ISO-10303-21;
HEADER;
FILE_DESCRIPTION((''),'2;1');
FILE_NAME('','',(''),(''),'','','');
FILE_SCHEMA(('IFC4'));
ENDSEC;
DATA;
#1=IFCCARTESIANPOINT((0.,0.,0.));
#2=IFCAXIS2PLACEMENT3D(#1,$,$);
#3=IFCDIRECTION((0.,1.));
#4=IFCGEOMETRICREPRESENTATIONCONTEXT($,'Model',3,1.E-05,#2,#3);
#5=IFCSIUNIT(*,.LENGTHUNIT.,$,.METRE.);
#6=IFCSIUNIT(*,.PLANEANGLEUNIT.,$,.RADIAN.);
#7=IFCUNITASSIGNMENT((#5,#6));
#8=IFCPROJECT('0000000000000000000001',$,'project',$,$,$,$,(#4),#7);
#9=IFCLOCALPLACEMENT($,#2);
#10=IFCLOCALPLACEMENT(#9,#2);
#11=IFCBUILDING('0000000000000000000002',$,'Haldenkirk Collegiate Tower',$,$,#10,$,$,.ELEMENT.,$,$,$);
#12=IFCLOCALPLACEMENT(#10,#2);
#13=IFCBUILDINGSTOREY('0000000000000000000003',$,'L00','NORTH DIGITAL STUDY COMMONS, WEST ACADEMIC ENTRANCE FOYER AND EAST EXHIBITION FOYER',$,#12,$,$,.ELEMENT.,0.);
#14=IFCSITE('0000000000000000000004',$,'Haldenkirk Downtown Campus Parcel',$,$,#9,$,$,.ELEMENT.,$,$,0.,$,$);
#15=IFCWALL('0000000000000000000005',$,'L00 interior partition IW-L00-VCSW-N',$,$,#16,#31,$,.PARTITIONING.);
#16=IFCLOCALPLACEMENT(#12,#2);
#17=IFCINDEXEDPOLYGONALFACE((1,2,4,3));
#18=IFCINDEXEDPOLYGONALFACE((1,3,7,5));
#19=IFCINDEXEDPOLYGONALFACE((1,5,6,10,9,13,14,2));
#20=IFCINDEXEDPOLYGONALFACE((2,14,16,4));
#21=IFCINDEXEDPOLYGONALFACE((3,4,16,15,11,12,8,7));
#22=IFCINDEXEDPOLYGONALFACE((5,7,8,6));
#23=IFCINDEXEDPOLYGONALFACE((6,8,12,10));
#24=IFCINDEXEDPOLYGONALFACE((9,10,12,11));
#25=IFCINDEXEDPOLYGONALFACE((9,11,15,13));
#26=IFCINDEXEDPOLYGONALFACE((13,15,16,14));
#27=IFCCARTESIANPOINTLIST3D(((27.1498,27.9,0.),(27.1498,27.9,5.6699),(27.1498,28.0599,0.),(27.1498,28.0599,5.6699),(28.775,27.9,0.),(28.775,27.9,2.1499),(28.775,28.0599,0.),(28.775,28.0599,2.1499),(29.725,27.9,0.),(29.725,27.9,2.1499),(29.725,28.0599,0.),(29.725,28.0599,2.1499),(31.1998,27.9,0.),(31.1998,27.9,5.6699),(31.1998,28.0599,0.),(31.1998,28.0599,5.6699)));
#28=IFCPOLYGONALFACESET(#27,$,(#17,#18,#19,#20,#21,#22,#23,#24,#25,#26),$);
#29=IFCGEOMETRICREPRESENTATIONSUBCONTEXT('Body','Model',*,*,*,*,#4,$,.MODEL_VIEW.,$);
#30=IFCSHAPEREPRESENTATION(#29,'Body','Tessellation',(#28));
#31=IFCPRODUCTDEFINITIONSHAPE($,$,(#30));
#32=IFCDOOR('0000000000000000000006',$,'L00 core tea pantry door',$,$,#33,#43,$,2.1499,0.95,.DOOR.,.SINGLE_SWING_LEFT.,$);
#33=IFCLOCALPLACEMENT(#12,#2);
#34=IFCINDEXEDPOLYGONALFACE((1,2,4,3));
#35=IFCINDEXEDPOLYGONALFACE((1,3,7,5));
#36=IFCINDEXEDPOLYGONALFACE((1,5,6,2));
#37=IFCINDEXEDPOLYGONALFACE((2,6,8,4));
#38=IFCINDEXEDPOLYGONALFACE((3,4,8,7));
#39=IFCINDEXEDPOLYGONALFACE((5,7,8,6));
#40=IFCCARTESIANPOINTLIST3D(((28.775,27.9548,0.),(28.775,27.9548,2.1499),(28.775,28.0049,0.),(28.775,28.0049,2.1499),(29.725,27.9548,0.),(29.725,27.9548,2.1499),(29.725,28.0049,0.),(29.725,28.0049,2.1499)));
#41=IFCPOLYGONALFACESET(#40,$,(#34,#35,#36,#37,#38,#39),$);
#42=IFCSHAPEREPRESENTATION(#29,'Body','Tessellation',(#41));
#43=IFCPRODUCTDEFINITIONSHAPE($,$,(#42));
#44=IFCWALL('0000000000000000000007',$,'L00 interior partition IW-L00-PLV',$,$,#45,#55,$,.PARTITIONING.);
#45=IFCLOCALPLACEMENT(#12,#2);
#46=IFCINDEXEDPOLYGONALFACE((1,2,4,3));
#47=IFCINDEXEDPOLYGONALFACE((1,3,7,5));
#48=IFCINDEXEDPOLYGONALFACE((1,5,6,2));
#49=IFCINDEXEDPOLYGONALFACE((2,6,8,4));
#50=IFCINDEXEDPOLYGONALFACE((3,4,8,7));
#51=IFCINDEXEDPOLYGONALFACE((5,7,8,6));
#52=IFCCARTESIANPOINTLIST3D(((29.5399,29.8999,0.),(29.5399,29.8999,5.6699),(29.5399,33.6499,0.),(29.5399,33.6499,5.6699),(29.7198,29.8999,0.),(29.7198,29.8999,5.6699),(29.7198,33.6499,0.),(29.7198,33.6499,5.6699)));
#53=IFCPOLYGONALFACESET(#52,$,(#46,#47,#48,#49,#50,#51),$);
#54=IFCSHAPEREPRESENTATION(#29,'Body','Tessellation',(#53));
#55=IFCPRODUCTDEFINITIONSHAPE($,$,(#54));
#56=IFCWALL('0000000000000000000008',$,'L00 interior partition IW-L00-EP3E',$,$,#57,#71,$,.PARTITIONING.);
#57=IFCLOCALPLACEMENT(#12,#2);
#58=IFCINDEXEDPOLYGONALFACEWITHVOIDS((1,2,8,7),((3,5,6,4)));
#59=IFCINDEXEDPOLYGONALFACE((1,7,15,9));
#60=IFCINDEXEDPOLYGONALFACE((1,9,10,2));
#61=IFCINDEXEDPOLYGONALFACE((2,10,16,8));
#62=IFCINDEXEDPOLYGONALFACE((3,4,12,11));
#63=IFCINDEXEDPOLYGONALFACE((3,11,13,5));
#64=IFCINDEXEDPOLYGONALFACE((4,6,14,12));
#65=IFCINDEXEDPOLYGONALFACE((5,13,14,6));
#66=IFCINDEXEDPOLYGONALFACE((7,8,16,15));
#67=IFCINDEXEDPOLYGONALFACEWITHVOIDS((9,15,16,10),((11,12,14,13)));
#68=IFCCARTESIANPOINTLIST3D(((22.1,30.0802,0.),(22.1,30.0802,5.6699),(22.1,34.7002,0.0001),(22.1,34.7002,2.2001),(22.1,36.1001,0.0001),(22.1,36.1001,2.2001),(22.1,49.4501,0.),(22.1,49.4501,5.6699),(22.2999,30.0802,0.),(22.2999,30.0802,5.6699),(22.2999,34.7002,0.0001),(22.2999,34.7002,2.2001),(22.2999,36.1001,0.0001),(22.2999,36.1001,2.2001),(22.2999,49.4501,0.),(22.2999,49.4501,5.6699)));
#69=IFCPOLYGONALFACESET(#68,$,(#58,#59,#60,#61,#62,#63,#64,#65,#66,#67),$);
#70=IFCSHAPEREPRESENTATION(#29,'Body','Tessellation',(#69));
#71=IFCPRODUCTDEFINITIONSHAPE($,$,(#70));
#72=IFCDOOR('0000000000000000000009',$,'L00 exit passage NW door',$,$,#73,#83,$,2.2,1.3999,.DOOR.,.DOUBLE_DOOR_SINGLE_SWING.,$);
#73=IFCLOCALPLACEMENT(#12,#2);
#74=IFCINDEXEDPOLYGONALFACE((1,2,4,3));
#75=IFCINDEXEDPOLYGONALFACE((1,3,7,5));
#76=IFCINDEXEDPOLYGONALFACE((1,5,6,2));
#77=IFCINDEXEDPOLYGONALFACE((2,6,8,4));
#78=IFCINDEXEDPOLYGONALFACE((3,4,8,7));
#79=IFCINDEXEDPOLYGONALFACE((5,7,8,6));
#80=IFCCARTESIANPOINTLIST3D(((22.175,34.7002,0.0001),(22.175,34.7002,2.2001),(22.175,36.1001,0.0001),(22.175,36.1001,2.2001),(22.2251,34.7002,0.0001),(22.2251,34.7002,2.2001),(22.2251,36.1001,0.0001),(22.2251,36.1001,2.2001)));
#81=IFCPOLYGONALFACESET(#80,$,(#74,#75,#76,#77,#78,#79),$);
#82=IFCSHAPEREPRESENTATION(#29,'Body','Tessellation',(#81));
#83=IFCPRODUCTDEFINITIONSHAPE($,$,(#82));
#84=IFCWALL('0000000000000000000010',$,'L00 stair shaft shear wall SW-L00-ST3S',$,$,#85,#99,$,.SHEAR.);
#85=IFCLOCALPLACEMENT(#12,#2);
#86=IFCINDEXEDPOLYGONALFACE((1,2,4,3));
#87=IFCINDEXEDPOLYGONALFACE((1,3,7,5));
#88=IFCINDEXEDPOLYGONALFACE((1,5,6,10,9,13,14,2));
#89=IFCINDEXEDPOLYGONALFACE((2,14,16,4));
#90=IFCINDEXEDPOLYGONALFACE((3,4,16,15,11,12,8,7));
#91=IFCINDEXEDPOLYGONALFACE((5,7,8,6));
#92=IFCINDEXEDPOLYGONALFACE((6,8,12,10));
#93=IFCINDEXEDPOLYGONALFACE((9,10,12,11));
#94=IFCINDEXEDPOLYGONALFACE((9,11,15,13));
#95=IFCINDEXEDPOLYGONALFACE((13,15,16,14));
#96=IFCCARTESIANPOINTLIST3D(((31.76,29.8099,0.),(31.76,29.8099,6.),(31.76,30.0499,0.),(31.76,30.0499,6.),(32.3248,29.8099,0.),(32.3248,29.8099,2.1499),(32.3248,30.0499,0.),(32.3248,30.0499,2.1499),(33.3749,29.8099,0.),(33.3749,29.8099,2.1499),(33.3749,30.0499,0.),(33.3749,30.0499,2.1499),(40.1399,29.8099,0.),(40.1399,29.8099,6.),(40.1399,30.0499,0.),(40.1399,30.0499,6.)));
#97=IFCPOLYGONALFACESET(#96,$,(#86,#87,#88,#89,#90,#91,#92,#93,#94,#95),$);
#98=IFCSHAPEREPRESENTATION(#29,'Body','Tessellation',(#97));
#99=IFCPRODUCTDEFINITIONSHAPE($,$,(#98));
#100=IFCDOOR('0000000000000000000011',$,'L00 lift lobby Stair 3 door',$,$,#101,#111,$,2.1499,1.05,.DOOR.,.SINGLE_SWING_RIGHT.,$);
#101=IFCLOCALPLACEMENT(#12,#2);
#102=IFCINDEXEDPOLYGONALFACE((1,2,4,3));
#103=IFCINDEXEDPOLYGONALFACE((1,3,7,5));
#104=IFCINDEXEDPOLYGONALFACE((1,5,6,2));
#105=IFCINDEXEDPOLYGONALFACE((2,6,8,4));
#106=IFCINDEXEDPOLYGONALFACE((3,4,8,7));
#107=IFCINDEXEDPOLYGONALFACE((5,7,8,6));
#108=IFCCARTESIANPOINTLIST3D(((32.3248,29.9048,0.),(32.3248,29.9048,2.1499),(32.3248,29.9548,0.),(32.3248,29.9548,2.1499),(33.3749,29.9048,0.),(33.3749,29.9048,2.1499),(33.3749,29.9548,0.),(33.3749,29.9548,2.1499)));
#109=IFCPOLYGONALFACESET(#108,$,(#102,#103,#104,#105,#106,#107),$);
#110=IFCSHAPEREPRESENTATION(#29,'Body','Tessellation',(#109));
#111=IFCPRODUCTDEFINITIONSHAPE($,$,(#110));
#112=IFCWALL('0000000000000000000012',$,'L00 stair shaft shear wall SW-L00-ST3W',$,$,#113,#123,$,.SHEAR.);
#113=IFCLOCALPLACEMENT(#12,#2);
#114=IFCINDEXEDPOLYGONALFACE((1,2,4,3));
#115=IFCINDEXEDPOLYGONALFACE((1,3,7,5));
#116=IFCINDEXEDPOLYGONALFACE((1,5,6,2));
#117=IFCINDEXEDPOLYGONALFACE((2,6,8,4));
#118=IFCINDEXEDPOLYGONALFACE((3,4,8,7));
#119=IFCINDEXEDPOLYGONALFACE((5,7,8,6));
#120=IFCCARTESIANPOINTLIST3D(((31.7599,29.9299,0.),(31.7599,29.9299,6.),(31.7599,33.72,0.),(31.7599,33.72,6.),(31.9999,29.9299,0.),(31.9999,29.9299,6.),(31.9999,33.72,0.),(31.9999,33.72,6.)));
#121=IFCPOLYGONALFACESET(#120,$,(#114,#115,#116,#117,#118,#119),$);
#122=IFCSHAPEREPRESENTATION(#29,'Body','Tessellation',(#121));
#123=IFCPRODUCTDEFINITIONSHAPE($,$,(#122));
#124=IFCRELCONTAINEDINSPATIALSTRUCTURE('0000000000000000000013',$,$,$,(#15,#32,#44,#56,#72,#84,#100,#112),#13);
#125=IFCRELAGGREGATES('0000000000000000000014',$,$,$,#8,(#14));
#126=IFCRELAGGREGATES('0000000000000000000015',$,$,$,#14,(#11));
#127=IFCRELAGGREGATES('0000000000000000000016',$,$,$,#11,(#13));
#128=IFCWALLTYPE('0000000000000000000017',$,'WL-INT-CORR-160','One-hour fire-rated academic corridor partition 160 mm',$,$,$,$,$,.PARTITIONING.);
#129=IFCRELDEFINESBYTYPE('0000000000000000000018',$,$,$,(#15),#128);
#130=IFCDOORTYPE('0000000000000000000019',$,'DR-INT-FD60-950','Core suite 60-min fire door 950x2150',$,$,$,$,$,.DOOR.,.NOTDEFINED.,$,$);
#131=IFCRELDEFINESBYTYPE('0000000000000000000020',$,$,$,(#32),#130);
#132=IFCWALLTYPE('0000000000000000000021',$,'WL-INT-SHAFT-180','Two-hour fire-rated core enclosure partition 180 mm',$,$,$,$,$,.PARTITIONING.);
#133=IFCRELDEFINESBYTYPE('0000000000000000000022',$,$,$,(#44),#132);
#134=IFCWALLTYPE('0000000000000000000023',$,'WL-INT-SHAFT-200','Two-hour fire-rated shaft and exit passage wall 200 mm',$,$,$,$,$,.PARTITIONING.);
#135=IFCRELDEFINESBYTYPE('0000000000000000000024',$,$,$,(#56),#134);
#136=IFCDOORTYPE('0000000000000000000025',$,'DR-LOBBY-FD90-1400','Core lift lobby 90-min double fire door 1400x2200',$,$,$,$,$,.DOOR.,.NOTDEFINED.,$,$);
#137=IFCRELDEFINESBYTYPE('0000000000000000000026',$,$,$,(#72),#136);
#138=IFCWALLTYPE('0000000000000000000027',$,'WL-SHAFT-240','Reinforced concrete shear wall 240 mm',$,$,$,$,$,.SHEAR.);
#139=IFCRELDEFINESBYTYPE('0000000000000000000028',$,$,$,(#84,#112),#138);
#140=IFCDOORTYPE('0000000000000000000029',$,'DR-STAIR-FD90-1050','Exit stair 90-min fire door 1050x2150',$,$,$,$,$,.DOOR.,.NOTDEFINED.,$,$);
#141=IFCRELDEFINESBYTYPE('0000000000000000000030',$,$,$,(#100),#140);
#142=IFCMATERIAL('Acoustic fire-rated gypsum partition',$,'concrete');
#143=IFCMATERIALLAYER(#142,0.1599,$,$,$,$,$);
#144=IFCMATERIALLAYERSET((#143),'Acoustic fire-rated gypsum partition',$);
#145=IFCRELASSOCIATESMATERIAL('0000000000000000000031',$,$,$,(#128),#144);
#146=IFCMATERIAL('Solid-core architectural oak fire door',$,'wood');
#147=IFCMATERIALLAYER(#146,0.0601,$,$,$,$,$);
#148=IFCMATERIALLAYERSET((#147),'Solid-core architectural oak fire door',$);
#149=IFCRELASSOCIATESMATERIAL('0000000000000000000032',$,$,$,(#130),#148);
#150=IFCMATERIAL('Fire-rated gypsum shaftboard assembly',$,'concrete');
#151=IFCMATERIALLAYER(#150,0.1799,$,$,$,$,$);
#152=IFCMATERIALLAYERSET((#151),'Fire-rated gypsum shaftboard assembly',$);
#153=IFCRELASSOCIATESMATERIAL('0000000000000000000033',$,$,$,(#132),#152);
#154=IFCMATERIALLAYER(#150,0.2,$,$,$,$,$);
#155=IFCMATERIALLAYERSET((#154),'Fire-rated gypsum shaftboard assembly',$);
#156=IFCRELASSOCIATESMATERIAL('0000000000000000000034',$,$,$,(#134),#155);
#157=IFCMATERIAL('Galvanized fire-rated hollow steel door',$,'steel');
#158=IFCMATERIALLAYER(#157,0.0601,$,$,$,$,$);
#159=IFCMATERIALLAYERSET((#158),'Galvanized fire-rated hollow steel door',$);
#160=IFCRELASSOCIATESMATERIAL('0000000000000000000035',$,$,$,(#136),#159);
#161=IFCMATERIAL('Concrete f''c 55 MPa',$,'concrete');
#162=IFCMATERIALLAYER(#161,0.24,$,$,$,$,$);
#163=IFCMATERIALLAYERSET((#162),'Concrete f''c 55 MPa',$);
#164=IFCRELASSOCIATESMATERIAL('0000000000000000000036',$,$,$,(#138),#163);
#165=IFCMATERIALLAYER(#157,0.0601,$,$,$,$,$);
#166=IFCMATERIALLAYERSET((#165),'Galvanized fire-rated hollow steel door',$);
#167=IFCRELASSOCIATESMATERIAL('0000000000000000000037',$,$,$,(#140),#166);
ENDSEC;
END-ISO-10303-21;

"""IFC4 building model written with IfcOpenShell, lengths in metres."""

from ifc_helpers import new_model, si_unit, direction, frame, frame_2d, origin, place, context, subcontext, project, spatial, rectangle, extrude, material, layer, layer_set, type_object, element, fill, save


model = new_model("IFC4")

# Units and contexts
model_context = context("Model", 3, precision=1e-05, world=origin(), true_north=direction((0.0, 1.0)))
body_context = subcontext(model_context, "Body", "Model", "MODEL_VIEW")
ifc_project = project(units=[si_unit("LENGTHUNIT", "METRE"), si_unit("PLANEANGLEUNIT", "RADIAN")], contexts=[model_context])

# Site, building, storey
site_placement = place(None, origin())
site = spatial("IfcSite", under=ifc_project, at=site_placement, Name="Haldenkirk Downtown Campus Parcel", CompositionType="ELEMENT", RefElevation=0.0)
building_placement = place(site_placement, origin())
building = spatial("IfcBuilding", under=site, at=building_placement, Name="Haldenkirk Collegiate Tower", CompositionType="ELEMENT")
storey_placement = place(building_placement, origin())
storey = spatial("IfcBuildingStorey", under=building, at=storey_placement, Name="L00", Description="NORTH DIGITAL STUDY COMMONS, WEST ACADEMIC ENTRANCE FOYER AND EAST EXHIBITION FOYER", CompositionType="ELEMENT", Elevation=0.0)

# Wall, opening, door
ifc_material_1 = material(Name="Acoustic fire-rated gypsum partition", Category="concrete")
ifc_layer_1 = layer(ifc_material_1, 0.1599)
ifc_layer_set_1 = layer_set([ifc_layer_1], Name="Acoustic fire-rated gypsum partition")
wall_type_1 = type_object("IfcWallType", Name="WL-INT-CORR-160", Description="One-hour fire-rated academic corridor partition 160 mm", PredefinedType="PARTITIONING", material=ifc_layer_set_1)
wall_1_placement = place(storey_placement, frame((27.1499, 27.98, 0.0), z_axis=(0.0, 0.0, 1.0), x_axis=(1.0, 0.0, 0.0)))
wall_1 = element("IfcWall", 1, at=wall_1_placement, inside=storey, type_object=wall_type_1, Name="L00 interior partition IW-L00-VCSW-N", PredefinedType="PARTITIONING", context=body_context, shape_type="SweptSolid", body=[
    extrude(rectangle(XDim=4.05, YDim=0.1599, at=frame_2d((2.0249, 0.0))), origin(), (0.0, 0.0, 1.0), 5.6699),
])
opening_1_placement = place(wall_1_placement, frame((1.625, 0.0, 0.0)))
opening_1 = element("IfcOpeningElement", 2, at=opening_1_placement, cuts=wall_1, PredefinedType="OPENING", context=body_context, shape_type="SweptSolid", body=[
    extrude(rectangle(XDim=0.95, YDim=2.1499, at=frame_2d((0.4751, 1.075))), frame((0.0, 0.0898, 0.0), z_axis=(0.0, -1.0, 0.0), x_axis=(1.0, 0.0, 0.0)), (0.0, 0.0, 1.0), 0.1799),
])
ifc_material_2 = material(Name="Solid-core architectural oak fire door", Category="wood")
ifc_layer_2 = layer(ifc_material_2, 0.0601)
ifc_layer_set_2 = layer_set([ifc_layer_2], Name="Solid-core architectural oak fire door")
door_type_1 = type_object("IfcDoorType", Name="DR-INT-FD60-950", Description="Core suite 60-min fire door 950x2150", OperationType="NOTDEFINED", PredefinedType="DOOR", material=ifc_layer_set_2)
door_1_placement = place(opening_1_placement, origin())
door_1 = element("IfcDoor", 3, at=door_1_placement, inside=storey, type_object=door_type_1, Name="L00 core tea pantry door", OperationType="SINGLE_SWING_LEFT", OverallHeight=2.1499, OverallWidth=0.95, PredefinedType="DOOR", context=body_context, shape_type="SweptSolid", body=[
    extrude(rectangle(XDim=0.95, YDim=2.1499, at=frame_2d((0.4751, 1.075))), frame((0.0, 0.0249, 0.0), z_axis=(0.0, -1.0, 0.0), x_axis=(1.0, 0.0, 0.0)), (0.0, 0.0, 1.0), 0.05),
])
fill(opening_1, door_1)

# Shared definitions
ifc_material_3 = material(Name="Fire-rated gypsum shaftboard assembly", Category="concrete")
ifc_layer_3 = layer(ifc_material_3, 0.1799)
ifc_layer_set_3 = layer_set([ifc_layer_3], Name="Fire-rated gypsum shaftboard assembly")
wall_type_2 = type_object("IfcWallType", Name="WL-INT-SHAFT-180", Description="Two-hour fire-rated core enclosure partition 180 mm", PredefinedType="PARTITIONING", material=ifc_layer_set_3)

# Wall
wall_2_placement = place(storey_placement, frame((29.6299, 29.8999, 0.0), z_axis=(0.0, 0.0, 1.0), x_axis=(0.0, 1.0, 0.0)))
element("IfcWall", 4, at=wall_2_placement, inside=storey, type_object=wall_type_2, Name="L00 interior partition IW-L00-PLV", PredefinedType="PARTITIONING", context=body_context, shape_type="SweptSolid", body=[
    extrude(rectangle(XDim=3.75, YDim=0.1799, at=frame_2d((1.875, 0.0))), origin(), (0.0, 0.0, 1.0), 5.6699),
])

# Walls, openings, doors
ifc_layer_4 = layer(ifc_material_3, 0.2)
ifc_layer_set_4 = layer_set([ifc_layer_4], Name="Fire-rated gypsum shaftboard assembly")
wall_type_3 = type_object("IfcWallType", Name="WL-INT-SHAFT-200", Description="Two-hour fire-rated shaft and exit passage wall 200 mm", PredefinedType="PARTITIONING", material=ifc_layer_set_4)
wall_3_placement = place(storey_placement, frame((22.2, 30.0801, 0.0), z_axis=(0.0, 0.0, 1.0), x_axis=(0.0, 1.0, 0.0)))
wall_3 = element("IfcWall", 5, at=wall_3_placement, inside=storey, type_object=wall_type_3, Name="L00 interior partition IW-L00-EP3E", PredefinedType="PARTITIONING", context=body_context, shape_type="SweptSolid", body=[
    extrude(rectangle(XDim=19.3699, YDim=0.2, at=frame_2d((9.6851, 0.0))), origin(), (0.0, 0.0, 1.0), 5.6699),
])
opening_2_placement = place(wall_3_placement, frame((4.6201, 0.0, 0.0)))
opening_2 = element("IfcOpeningElement", 6, at=opening_2_placement, cuts=wall_3, PredefinedType="OPENING", context=body_context, shape_type="SweptSolid", body=[
    extrude(rectangle(XDim=1.3999, YDim=2.2, at=frame_2d((0.7, 1.1001))), frame((0.0, 0.1099, 0.0), z_axis=(0.0, -1.0, 0.0), x_axis=(1.0, 0.0, 0.0)), (0.0, 0.0, 1.0), 0.22),
])
ifc_material_4 = material(Name="Galvanized fire-rated hollow steel door", Category="steel")
ifc_layer_5 = layer(ifc_material_4, 0.0601)
ifc_layer_set_5 = layer_set([ifc_layer_5], Name="Galvanized fire-rated hollow steel door")
door_type_2 = type_object("IfcDoorType", Name="DR-LOBBY-FD90-1400", Description="Core lift lobby 90-min double fire door 1400x2200", OperationType="NOTDEFINED", PredefinedType="DOOR", material=ifc_layer_set_5)
door_2_placement = place(opening_2_placement, origin())
door_2 = element("IfcDoor", 7, at=door_2_placement, inside=storey, type_object=door_type_2, Name="L00 exit passage NW door", OperationType="DOUBLE_DOOR_SINGLE_SWING", OverallHeight=2.2, OverallWidth=1.3999, PredefinedType="DOOR", context=body_context, shape_type="SweptSolid", body=[
    extrude(rectangle(XDim=1.3999, YDim=2.2, at=frame_2d((0.7, 1.1001))), frame((0.0, 0.0249, 0.0), z_axis=(0.0, -1.0, 0.0), x_axis=(1.0, 0.0, 0.0)), (0.0, 0.0, 1.0), 0.05),
])
fill(opening_2, door_2)
ifc_material_5 = material(Name="Concrete f'c 55 MPa", Category="concrete")
ifc_layer_6 = layer(ifc_material_5, 0.24)
ifc_layer_set_6 = layer_set([ifc_layer_6], Name="Concrete f'c 55 MPa")
wall_type_4 = type_object("IfcWallType", Name="WL-SHAFT-240", Description="Reinforced concrete shear wall 240 mm", PredefinedType="SHEAR", material=ifc_layer_set_6)
wall_4_placement = place(storey_placement, frame((31.76, 29.9299, 0.0), z_axis=(0.0, 0.0, 1.0), x_axis=(1.0, 0.0, 0.0)))
wall_4 = element("IfcWall", 8, at=wall_4_placement, inside=storey, type_object=wall_type_4, Name="L00 stair shaft shear wall SW-L00-ST3S", PredefinedType="SHEAR", context=body_context, shape_type="SweptSolid", body=[
    extrude(rectangle(XDim=8.3799, YDim=0.24, at=frame_2d((4.1899, 0.0))), origin(), (0.0, 0.0, 1.0), 6.0),
])
opening_3_placement = place(wall_4_placement, frame((0.5649, 0.0, 0.0)))
opening_3 = element("IfcOpeningElement", 9, at=opening_3_placement, cuts=wall_4, PredefinedType="OPENING", context=body_context, shape_type="SweptSolid", body=[
    extrude(rectangle(XDim=1.05, YDim=2.1499, at=frame_2d((0.5249, 1.075))), frame((0.0, 0.1299, 0.0), z_axis=(0.0, -1.0, 0.0), x_axis=(1.0, 0.0, 0.0)), (0.0, 0.0, 1.0), 0.26),
])
ifc_layer_7 = layer(ifc_material_4, 0.0601)
ifc_layer_set_7 = layer_set([ifc_layer_7], Name="Galvanized fire-rated hollow steel door")
door_type_3 = type_object("IfcDoorType", Name="DR-STAIR-FD90-1050", Description="Exit stair 90-min fire door 1050x2150", OperationType="NOTDEFINED", PredefinedType="DOOR", material=ifc_layer_set_7)
door_3_placement = place(opening_3_placement, origin())
door_3 = element("IfcDoor", 10, at=door_3_placement, inside=storey, type_object=door_type_3, Name="L00 lift lobby Stair 3 door", OperationType="SINGLE_SWING_RIGHT", OverallHeight=2.1499, OverallWidth=1.05, PredefinedType="DOOR", context=body_context, shape_type="SweptSolid", body=[
    extrude(rectangle(XDim=1.05, YDim=2.1499, at=frame_2d((0.5249, 1.075))), frame((0.0, 0.0249, 0.0), z_axis=(0.0, -1.0, 0.0), x_axis=(1.0, 0.0, 0.0)), (0.0, 0.0, 1.0), 0.05),
])
fill(opening_3, door_3)

# Wall
wall_5_placement = place(storey_placement, frame((31.8799, 29.9299, 0.0), z_axis=(0.0, 0.0, 1.0), x_axis=(0.0, 1.0, 0.0)))
element("IfcWall", 11, at=wall_5_placement, inside=storey, type_object=wall_type_4, Name="L00 stair shaft shear wall SW-L00-ST3W", PredefinedType="SHEAR", context=body_context, shape_type="SweptSolid", body=[
    extrude(rectangle(XDim=3.79, YDim=0.24, at=frame_2d((1.895, 0.0))), origin(), (0.0, 0.0, 1.0), 6.0),
])

save(model, "model.ifc")
